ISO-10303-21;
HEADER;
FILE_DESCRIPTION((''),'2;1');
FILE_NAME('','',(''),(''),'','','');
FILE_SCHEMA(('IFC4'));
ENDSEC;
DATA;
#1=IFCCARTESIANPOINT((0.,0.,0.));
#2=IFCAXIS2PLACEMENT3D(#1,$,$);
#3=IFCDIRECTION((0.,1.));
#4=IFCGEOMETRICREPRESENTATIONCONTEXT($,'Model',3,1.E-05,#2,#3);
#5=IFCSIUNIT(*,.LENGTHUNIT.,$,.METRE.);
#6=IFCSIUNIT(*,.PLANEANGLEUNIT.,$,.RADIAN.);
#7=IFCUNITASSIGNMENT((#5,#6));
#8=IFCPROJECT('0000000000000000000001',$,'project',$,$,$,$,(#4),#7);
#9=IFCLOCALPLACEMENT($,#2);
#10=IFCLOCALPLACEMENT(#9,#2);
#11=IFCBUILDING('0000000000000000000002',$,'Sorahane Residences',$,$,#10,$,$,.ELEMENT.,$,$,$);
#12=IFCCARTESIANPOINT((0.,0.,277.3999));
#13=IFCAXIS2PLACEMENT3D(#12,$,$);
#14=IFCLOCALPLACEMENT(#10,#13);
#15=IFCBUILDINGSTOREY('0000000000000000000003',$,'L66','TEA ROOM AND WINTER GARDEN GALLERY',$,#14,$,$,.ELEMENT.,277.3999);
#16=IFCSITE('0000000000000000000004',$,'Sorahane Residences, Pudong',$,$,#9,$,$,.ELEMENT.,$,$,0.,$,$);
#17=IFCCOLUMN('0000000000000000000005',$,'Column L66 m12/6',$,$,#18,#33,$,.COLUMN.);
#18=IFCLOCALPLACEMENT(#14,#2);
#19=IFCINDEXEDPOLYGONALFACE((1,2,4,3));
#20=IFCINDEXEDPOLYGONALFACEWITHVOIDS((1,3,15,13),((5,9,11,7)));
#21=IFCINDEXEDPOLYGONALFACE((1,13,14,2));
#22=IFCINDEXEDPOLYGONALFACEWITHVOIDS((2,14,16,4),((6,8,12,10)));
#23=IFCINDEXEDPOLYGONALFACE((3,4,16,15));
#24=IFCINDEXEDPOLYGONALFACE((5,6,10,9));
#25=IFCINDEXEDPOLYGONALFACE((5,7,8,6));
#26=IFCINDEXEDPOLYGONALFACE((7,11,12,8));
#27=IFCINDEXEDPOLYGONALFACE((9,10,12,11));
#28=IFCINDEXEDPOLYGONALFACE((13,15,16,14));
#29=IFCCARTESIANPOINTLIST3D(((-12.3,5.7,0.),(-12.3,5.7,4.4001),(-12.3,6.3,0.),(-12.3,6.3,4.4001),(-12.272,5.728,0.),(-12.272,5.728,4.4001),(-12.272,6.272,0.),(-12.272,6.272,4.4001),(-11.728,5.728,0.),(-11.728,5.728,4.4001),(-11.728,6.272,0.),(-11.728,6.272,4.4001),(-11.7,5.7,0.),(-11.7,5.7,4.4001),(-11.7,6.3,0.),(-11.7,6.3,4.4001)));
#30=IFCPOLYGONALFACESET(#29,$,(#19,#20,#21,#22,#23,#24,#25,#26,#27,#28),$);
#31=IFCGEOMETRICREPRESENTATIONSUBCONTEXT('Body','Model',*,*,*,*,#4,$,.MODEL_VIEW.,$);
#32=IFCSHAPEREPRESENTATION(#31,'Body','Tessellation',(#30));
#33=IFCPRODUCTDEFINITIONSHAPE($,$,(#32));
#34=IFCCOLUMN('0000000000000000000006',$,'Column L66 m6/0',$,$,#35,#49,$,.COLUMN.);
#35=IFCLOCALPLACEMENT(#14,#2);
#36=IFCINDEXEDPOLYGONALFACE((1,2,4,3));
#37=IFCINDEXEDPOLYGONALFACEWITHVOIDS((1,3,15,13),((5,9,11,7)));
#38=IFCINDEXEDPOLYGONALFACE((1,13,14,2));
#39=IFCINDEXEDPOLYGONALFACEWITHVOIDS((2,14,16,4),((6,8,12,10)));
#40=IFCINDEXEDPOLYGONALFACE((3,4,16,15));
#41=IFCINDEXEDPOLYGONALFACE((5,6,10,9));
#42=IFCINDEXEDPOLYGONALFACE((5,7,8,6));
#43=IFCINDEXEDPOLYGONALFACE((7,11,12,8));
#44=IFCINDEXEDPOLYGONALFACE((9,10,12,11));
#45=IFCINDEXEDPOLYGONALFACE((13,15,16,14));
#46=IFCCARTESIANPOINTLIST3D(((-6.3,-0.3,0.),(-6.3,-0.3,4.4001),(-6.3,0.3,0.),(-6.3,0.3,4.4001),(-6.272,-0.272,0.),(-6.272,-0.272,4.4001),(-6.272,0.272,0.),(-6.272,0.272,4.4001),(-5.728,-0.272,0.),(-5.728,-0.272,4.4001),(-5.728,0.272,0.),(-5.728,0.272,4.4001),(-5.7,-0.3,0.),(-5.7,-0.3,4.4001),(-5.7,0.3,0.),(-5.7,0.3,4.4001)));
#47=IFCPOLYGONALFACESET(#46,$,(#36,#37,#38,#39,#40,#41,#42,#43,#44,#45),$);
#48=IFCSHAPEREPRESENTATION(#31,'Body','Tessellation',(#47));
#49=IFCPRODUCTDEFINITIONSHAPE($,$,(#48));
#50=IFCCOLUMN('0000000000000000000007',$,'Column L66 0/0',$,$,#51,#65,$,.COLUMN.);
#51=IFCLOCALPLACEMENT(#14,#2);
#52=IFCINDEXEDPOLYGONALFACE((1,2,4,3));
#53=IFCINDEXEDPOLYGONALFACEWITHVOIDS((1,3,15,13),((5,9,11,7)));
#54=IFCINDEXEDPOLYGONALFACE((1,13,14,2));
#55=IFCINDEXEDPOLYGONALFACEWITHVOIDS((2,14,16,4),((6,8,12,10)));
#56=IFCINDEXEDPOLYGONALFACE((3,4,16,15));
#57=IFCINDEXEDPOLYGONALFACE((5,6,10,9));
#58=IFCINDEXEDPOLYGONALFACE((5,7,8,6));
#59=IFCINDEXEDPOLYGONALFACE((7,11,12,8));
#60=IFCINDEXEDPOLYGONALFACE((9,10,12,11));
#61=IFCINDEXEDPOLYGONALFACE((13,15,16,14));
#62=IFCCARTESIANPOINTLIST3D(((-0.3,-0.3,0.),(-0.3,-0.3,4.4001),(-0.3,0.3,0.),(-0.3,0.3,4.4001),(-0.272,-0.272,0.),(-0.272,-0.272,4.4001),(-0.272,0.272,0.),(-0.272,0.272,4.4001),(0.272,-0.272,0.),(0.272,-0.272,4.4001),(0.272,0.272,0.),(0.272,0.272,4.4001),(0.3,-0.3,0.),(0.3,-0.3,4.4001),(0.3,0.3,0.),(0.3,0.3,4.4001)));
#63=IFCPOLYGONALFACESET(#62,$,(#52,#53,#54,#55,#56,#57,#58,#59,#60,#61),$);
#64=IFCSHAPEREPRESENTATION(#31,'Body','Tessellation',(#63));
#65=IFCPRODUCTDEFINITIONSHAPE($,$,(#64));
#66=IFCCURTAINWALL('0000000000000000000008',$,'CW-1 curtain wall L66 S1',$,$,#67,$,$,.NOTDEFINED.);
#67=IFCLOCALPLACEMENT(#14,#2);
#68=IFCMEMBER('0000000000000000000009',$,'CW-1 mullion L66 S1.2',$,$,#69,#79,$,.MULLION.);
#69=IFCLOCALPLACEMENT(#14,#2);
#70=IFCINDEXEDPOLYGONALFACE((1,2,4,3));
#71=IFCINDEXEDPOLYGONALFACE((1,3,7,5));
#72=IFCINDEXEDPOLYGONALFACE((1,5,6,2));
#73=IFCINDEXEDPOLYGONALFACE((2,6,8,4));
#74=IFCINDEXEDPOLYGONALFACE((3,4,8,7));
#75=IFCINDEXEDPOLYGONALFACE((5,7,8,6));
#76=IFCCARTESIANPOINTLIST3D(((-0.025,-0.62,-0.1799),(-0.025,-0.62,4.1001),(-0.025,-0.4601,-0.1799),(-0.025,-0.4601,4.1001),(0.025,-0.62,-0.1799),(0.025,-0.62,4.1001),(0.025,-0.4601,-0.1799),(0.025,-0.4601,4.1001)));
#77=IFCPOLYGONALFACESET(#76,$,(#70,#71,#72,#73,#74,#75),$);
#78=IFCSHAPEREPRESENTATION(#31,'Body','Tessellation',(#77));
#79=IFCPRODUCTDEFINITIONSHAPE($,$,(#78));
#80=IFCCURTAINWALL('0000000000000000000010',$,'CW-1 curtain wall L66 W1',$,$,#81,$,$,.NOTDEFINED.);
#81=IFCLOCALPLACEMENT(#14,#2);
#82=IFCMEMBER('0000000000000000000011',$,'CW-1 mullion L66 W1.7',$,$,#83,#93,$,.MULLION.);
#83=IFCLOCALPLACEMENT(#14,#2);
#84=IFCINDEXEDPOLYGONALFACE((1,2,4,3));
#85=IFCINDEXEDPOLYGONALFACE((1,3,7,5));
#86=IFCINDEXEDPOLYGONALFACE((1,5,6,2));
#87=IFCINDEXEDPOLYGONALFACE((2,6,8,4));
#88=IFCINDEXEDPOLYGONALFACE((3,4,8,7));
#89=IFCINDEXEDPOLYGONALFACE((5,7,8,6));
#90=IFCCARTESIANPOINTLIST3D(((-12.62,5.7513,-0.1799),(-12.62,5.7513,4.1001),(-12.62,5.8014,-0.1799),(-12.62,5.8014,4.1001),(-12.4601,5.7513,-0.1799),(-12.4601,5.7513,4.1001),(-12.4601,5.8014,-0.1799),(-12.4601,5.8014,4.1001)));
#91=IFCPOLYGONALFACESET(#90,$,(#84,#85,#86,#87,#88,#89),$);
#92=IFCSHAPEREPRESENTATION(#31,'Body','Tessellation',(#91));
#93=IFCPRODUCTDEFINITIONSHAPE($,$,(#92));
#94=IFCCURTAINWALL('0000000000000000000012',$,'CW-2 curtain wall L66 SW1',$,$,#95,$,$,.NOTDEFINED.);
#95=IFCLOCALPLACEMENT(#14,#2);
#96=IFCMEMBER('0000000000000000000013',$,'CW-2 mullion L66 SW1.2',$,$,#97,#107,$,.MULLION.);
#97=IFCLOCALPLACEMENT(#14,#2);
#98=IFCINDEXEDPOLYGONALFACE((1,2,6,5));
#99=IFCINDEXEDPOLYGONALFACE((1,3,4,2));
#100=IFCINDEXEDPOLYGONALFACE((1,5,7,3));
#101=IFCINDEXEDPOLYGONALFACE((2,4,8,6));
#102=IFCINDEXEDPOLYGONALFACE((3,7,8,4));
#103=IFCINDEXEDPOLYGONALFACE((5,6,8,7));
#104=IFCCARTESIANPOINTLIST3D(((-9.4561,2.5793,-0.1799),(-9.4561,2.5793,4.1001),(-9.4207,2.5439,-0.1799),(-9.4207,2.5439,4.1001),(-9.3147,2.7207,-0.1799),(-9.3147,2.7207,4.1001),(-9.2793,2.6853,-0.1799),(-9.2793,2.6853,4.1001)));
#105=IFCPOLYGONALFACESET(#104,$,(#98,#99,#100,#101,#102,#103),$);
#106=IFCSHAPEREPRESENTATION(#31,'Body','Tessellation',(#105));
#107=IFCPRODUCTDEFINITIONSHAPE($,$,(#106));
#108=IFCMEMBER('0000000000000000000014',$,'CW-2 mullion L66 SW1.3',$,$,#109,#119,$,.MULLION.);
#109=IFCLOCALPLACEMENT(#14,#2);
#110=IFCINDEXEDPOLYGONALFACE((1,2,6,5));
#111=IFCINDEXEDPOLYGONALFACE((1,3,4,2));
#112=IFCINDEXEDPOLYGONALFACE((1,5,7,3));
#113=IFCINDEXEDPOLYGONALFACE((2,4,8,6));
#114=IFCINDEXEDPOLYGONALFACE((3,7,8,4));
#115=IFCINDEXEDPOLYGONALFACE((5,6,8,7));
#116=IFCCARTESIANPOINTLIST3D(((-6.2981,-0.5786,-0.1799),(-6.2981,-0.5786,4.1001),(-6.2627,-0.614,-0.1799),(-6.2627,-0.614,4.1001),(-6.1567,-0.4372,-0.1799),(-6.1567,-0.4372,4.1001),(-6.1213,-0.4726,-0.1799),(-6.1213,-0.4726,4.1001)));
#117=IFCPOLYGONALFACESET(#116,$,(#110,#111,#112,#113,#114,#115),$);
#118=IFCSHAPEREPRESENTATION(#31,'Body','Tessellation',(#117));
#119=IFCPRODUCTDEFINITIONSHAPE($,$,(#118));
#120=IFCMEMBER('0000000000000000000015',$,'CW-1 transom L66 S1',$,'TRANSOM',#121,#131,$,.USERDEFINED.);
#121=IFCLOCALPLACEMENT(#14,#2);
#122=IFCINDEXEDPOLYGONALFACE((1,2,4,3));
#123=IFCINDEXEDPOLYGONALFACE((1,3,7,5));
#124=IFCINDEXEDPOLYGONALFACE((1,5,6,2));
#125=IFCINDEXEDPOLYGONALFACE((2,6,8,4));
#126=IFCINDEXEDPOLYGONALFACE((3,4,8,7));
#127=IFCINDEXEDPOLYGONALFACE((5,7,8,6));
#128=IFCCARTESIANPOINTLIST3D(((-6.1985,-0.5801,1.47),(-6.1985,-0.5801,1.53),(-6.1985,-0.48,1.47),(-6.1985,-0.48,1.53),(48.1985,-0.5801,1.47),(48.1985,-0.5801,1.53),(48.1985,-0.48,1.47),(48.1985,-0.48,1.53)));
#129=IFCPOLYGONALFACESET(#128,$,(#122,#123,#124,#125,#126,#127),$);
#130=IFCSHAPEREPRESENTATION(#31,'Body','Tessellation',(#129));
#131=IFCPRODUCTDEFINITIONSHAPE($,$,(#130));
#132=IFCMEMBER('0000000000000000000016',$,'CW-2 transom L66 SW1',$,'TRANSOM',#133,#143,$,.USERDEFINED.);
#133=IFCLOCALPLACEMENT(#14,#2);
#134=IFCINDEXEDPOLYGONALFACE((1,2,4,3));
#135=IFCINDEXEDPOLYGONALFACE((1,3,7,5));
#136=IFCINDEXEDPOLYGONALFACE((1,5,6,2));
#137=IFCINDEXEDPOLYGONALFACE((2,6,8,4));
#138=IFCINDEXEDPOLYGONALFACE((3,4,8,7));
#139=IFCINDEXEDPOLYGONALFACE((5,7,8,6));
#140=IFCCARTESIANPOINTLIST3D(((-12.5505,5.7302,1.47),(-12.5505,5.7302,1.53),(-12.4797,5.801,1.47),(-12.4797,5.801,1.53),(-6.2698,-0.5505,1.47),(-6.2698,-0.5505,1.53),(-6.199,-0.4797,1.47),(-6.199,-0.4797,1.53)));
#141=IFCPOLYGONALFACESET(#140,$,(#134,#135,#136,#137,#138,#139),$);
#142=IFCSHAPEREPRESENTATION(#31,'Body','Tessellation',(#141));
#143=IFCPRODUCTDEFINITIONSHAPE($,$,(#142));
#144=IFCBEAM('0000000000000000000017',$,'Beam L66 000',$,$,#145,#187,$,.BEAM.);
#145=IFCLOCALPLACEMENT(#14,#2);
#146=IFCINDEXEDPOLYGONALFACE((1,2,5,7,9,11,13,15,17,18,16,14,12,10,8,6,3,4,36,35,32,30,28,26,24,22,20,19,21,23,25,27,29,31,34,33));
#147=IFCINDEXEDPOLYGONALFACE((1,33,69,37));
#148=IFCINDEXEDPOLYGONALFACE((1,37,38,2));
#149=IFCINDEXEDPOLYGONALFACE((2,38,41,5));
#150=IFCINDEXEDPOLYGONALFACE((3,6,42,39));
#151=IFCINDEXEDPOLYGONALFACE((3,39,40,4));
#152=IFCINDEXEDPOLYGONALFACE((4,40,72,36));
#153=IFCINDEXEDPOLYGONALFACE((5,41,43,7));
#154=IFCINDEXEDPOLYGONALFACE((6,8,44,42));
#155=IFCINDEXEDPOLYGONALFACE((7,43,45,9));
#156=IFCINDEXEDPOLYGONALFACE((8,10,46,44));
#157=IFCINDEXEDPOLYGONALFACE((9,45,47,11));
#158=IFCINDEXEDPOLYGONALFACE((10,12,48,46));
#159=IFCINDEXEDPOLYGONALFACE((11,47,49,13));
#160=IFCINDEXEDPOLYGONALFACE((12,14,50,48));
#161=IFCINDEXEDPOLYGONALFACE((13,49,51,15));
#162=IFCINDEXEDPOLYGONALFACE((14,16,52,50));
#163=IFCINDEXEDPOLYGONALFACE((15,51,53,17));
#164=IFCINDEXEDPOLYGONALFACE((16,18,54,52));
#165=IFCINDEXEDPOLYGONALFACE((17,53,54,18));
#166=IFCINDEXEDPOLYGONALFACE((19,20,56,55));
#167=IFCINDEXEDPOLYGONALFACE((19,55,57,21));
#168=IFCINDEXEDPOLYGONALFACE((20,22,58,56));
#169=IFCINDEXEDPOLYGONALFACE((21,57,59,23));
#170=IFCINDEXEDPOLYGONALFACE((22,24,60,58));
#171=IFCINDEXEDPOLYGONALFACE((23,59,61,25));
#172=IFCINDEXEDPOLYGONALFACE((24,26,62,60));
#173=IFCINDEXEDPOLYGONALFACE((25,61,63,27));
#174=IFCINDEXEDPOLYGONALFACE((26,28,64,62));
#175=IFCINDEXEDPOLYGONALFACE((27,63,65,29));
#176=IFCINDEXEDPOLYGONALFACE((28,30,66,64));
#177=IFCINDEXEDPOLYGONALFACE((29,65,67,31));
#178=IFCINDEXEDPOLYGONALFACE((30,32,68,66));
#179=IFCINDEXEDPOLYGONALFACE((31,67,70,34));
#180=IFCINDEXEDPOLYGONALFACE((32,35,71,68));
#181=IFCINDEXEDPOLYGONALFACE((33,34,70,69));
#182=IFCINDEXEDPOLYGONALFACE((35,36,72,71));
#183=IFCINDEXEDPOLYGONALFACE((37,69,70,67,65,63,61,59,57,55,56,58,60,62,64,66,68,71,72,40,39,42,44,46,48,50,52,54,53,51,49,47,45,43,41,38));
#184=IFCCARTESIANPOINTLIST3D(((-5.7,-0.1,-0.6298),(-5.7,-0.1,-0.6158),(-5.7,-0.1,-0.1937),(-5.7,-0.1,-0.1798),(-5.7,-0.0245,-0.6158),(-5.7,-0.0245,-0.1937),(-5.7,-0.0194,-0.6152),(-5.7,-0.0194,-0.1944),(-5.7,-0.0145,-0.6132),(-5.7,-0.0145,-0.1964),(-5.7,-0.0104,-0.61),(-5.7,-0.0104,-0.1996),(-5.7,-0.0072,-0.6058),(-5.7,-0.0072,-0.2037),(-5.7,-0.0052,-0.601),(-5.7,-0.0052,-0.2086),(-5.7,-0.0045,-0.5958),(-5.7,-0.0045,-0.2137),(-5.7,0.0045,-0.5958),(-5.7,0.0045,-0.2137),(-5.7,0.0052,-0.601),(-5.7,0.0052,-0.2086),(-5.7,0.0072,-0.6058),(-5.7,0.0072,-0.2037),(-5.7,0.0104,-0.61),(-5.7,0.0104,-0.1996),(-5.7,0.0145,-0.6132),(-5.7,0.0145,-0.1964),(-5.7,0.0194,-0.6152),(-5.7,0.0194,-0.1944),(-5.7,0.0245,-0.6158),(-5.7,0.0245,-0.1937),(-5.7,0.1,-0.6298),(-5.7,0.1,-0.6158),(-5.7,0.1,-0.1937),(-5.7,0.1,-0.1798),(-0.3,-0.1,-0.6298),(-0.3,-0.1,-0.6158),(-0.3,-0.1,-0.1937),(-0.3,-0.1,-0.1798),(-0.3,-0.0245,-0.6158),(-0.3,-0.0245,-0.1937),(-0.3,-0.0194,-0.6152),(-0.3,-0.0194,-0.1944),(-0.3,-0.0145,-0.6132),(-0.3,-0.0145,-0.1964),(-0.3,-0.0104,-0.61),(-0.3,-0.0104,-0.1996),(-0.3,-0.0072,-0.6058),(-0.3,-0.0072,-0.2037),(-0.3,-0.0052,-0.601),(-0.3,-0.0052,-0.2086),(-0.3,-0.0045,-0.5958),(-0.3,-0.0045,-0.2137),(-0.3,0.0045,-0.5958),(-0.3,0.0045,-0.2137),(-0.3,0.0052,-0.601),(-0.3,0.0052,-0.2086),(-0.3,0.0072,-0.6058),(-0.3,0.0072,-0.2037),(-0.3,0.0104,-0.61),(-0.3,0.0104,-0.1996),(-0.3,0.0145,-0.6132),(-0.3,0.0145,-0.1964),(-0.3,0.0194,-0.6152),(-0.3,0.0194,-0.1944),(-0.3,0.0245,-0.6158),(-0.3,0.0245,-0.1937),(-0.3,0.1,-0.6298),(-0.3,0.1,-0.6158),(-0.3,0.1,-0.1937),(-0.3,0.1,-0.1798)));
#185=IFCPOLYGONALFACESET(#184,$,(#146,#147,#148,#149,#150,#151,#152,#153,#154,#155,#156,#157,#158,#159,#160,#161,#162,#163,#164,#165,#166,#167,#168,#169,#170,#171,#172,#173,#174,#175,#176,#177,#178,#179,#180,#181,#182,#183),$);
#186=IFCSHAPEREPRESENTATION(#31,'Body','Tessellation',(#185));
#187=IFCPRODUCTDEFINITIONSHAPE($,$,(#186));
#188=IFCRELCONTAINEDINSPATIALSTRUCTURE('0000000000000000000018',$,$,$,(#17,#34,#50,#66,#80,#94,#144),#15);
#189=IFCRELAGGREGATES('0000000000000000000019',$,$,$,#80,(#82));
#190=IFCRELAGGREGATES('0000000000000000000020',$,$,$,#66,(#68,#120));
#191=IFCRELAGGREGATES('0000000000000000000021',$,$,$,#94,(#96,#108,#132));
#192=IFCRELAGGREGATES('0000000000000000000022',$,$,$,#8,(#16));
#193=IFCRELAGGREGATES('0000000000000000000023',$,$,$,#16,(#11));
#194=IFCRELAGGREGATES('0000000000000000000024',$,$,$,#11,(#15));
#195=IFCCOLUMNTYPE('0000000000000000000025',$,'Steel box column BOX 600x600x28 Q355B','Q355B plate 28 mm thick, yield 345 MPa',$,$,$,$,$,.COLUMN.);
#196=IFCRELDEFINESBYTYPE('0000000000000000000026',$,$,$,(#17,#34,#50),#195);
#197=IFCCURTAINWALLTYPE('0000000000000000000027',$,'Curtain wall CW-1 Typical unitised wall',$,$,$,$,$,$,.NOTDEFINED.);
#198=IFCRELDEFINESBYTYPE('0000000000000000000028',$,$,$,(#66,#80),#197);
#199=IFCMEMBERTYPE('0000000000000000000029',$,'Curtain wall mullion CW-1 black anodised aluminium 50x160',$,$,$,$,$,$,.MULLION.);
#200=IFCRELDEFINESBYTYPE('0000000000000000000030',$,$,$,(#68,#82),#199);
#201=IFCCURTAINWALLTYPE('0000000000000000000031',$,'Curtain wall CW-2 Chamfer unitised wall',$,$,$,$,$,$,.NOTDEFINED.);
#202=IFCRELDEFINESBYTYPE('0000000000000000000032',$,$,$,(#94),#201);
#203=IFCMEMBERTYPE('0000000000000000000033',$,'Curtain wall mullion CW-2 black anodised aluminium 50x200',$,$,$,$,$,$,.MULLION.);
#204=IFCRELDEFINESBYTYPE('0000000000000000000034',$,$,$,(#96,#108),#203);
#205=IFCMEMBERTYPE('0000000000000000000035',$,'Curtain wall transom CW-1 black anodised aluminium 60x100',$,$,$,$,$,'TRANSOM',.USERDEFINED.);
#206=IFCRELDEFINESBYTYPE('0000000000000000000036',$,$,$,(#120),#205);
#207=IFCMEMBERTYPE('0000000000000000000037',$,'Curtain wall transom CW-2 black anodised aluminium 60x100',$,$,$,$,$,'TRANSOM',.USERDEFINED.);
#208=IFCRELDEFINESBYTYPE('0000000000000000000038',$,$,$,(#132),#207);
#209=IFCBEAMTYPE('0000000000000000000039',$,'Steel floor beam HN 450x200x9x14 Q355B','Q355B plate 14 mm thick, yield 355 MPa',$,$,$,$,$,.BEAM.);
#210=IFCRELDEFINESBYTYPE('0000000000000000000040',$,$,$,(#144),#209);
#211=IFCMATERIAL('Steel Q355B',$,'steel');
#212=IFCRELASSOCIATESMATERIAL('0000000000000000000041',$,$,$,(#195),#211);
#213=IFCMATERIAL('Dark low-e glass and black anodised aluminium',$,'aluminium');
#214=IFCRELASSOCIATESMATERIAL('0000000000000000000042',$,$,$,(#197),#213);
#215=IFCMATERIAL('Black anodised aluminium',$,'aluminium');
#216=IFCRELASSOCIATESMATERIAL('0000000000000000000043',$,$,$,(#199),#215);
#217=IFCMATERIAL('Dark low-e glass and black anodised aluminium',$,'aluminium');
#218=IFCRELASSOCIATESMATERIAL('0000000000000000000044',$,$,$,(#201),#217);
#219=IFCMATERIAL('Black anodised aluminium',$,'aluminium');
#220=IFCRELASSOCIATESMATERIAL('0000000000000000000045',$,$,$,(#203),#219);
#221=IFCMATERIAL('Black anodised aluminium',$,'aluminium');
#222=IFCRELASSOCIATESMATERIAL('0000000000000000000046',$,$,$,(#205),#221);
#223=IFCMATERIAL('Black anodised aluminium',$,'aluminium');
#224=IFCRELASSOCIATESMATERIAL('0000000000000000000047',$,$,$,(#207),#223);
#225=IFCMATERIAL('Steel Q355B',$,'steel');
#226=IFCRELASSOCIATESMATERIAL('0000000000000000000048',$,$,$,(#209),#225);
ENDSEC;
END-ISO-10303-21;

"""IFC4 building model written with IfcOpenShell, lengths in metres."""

from ifc_helpers import new_model, si_unit, direction, frame, origin, origin_2d, place, context, subcontext, project, spatial, rectangle, hollow_rectangle, i_section, extrude, material, material_profile, profile_set, type_object, element, aggregate, save


model = new_model("IFC4")

# Units and contexts
model_context = context("Model", 3, precision=1e-05, world=origin(), true_north=direction((0.0, 1.0)))
body_context = subcontext(model_context, "Body", "Model", "MODEL_VIEW")
ifc_project = project(units=[si_unit("LENGTHUNIT", "METRE"), si_unit("PLANEANGLEUNIT", "RADIAN")], contexts=[model_context])

# Site, building, storey
site_placement = place(None, origin())
site = spatial("IfcSite", under=ifc_project, at=site_placement, Name="Sorahane Residences, Pudong", CompositionType="ELEMENT", RefElevation=0.0)
building_placement = place(site_placement, origin())
building = spatial("IfcBuilding", under=site, at=building_placement, Name="Sorahane Residences", CompositionType="ELEMENT")
storey_placement = place(building_placement, frame((0.0, 0.0, 277.3999)))
storey = spatial("IfcBuildingStorey", under=building, at=storey_placement, Name="L66", Description="TEA ROOM AND WINTER GARDEN GALLERY", CompositionType="ELEMENT", Elevation=277.3999)

# Columns
ifc_material_1 = material(Name="Steel Q355B", Category="steel")
ifc_material_profile_1 = material_profile(ifc_material_1, hollow_rectangle(XDim=0.6001, YDim=0.6001, WallThickness=0.0281, at=origin_2d()), Name="BOX 600x600x28")
ifc_profile_set_1 = profile_set([ifc_material_profile_1], Name="Steel Q355B")
column_type = type_object("IfcColumnType", Name="Steel box column BOX 600x600x28 Q355B", Description="Q355B plate 28 mm thick, yield 345 MPa", PredefinedType="COLUMN", material=ifc_profile_set_1)
for number, where, z_axis, x_axis, name in (
    (1, (-12.0, 6.0, 0.0), (0.0, 0.0, 1.0), (1.0, 0.0, 0.0), "Column L66 m12/6"),
    (2, (-6.0, 0.0, 0.0), (0.0, 0.0, 1.0), (1.0, 0.0, 0.0), "Column L66 m6/0"),
    (3, (0.0, 0.0, 0.0), (0.0, 0.0, 1.0), (1.0, 0.0, 0.0), "Column L66 0/0"),
):
    element("IfcColumn", number, at=place(storey_placement, frame(where, z_axis=z_axis, x_axis=x_axis)), inside=storey, type_object=column_type, Name=name, PredefinedType="COLUMN", context=body_context, shape_type="SweptSolid", body=[
        extrude(hollow_rectangle(XDim=0.6001, YDim=0.6001, WallThickness=0.0281, at=origin_2d()), origin(), (0.0, 0.0, 1.0), 4.4001),
    ])

# Curtain walls, members
ifc_material_2 = material(Name="Dark low-e glass and black anodised aluminium", Category="aluminium")
curtain_wall_type_1 = type_object("IfcCurtainWallType", Name="Curtain wall CW-1 Typical unitised wall", PredefinedType="NOTDEFINED", material=ifc_material_2)
curtain_wall_1_placement = place(storey_placement, origin())
curtain_wall_1 = element("IfcCurtainWall", 4, at=curtain_wall_1_placement, inside=storey, type_object=curtain_wall_type_1, Name="CW-1 curtain wall L66 S1", PredefinedType="NOTDEFINED")
ifc_material_3 = material(Name="Black anodised aluminium", Category="aluminium")
ifc_material_profile_2 = material_profile(ifc_material_3, rectangle(XDim=0.1599, YDim=0.05, at=origin_2d()), Name="Curtain wall mullion CW-1 black anodised aluminium 50x160")
ifc_profile_set_2 = profile_set([ifc_material_profile_2], Name="Black anodised aluminium")
member_type_1 = type_object("IfcMemberType", Name="Curtain wall mullion CW-1 black anodised aluminium 50x160", PredefinedType="MULLION", material=ifc_profile_set_2)
member_1_placement = place(storey_placement, frame((0.0, -0.54, -0.1799), z_axis=(0.0, 0.0, 1.0), x_axis=(0.0, -1.0, 0.0)))
member_1 = element("IfcMember", 5, at=member_1_placement, type_object=member_type_1, Name="CW-1 mullion L66 S1.2", PredefinedType="MULLION", context=body_context, shape_type="SweptSolid", body=[
    extrude(rectangle(XDim=0.1599, YDim=0.05, at=origin_2d()), origin(), (0.0, 0.0, 1.0), 4.28),
])
curtain_wall_2_placement = place(storey_placement, origin())
curtain_wall_2 = element("IfcCurtainWall", 6, at=curtain_wall_2_placement, inside=storey, type_object=curtain_wall_type_1, Name="CW-1 curtain wall L66 W1", PredefinedType="NOTDEFINED")
member_2_placement = place(storey_placement, frame((-12.54, 5.7764, -0.1799), z_axis=(0.0, 0.0, 1.0), x_axis=(-1.0, 0.0, 0.0)))
member_2 = element("IfcMember", 7, at=member_2_placement, type_object=member_type_1, Name="CW-1 mullion L66 W1.7", PredefinedType="MULLION", context=body_context, shape_type="SweptSolid", body=[
    extrude(rectangle(XDim=0.1599, YDim=0.05, at=origin_2d()), origin(), (0.0, 0.0, 1.0), 4.28),
])
aggregate(curtain_wall_2, [member_2])

# Curtain wall, members
ifc_material_4 = material(Name="Dark low-e glass and black anodised aluminium", Category="aluminium")
curtain_wall_type_2 = type_object("IfcCurtainWallType", Name="Curtain wall CW-2 Chamfer unitised wall", PredefinedType="NOTDEFINED", material=ifc_material_4)
curtain_wall_3_placement = place(storey_placement, origin())
curtain_wall_3 = element("IfcCurtainWall", 8, at=curtain_wall_3_placement, inside=storey, type_object=curtain_wall_type_2, Name="CW-2 curtain wall L66 SW1", PredefinedType="NOTDEFINED")
ifc_material_5 = material(Name="Black anodised aluminium", Category="aluminium")
ifc_material_profile_3 = material_profile(ifc_material_5, rectangle(XDim=0.2, YDim=0.05, at=origin_2d()), Name="Curtain wall mullion CW-2 black anodised aluminium 50x200")
ifc_profile_set_3 = profile_set([ifc_material_profile_3], Name="Black anodised aluminium")
member_type_2 = type_object("IfcMemberType", Name="Curtain wall mullion CW-2 black anodised aluminium 50x200", PredefinedType="MULLION", material=ifc_profile_set_3)
member_3_placement = place(storey_placement, frame((-9.3677, 2.6323, -0.1799), z_axis=(0.0, 0.0, 1.0), x_axis=(-0.707107, -0.707107, 0.0)))
member_3 = element("IfcMember", 9, at=member_3_placement, type_object=member_type_2, Name="CW-2 mullion L66 SW1.2", PredefinedType="MULLION", context=body_context, shape_type="SweptSolid", body=[
    extrude(rectangle(XDim=0.2, YDim=0.05, at=origin_2d()), origin(), (0.0, 0.0, 1.0), 4.28),
])
member_4_placement = place(storey_placement, frame((-6.2097, -0.5256, -0.1799), z_axis=(0.0, 0.0, 1.0), x_axis=(-0.707107, -0.707107, 0.0)))
member_4 = element("IfcMember", 10, at=member_4_placement, type_object=member_type_2, Name="CW-2 mullion L66 SW1.3", PredefinedType="MULLION", context=body_context, shape_type="SweptSolid", body=[
    extrude(rectangle(XDim=0.2, YDim=0.05, at=origin_2d()), origin(), (0.0, 0.0, 1.0), 4.28),
])

# Members
ifc_material_6 = material(Name="Black anodised aluminium", Category="aluminium")
ifc_material_profile_4 = material_profile(ifc_material_6, rectangle(XDim=0.1001, YDim=0.0601, at=origin_2d()), Name="Curtain wall transom CW-1 black anodised aluminium 60x100")
ifc_profile_set_4 = profile_set([ifc_material_profile_4], Name="Black anodised aluminium")
member_type_3 = type_object("IfcMemberType", Name="Curtain wall transom CW-1 black anodised aluminium 60x100", ElementType="TRANSOM", PredefinedType="USERDEFINED", material=ifc_profile_set_4)
member_5_placement = place(storey_placement, frame((-6.1985, -0.53, 1.5), z_axis=(1.0, 0.0, 0.0), x_axis=(0.0, 1.0, 0.0)))
member_5 = element("IfcMember", 11, at=member_5_placement, type_object=member_type_3, Name="CW-1 transom L66 S1", ObjectType="TRANSOM", PredefinedType="USERDEFINED", context=body_context, shape_type="SweptSolid", body=[
    extrude(rectangle(XDim=0.1001, YDim=0.0601, at=origin_2d()), origin(), (0.0, 0.0, 1.0), 54.397),
])
ifc_material_7 = material(Name="Black anodised aluminium", Category="aluminium")
ifc_material_profile_5 = material_profile(ifc_material_7, rectangle(XDim=0.1001, YDim=0.0601, at=origin_2d()), Name="Curtain wall transom CW-2 black anodised aluminium 60x100")
ifc_profile_set_5 = profile_set([ifc_material_profile_5], Name="Black anodised aluminium")
member_type_4 = type_object("IfcMemberType", Name="Curtain wall transom CW-2 black anodised aluminium 60x100", ElementType="TRANSOM", PredefinedType="USERDEFINED", material=ifc_profile_set_5)
member_6_placement = place(storey_placement, frame((-12.5151, 5.7656, 1.5), z_axis=(0.707107, -0.707107, 0.0), x_axis=(0.707107, 0.707107, 0.0)))
member_6 = element("IfcMember", 12, at=member_6_placement, type_object=member_type_4, Name="CW-2 transom L66 SW1", ObjectType="TRANSOM", PredefinedType="USERDEFINED", context=body_context, shape_type="SweptSolid", body=[
    extrude(rectangle(XDim=0.1001, YDim=0.0601, at=origin_2d()), origin(), (0.0, 0.0, 1.0), 8.8823),
])

# Beam
ifc_material_8 = material(Name="Steel Q355B", Category="steel")
ifc_material_profile_6 = material_profile(ifc_material_8, i_section(OverallWidth=0.2, OverallDepth=0.45, WebThickness=0.009, FlangeThickness=0.0139, FilletRadius=0.02, at=origin_2d()), Name="HN 450x200x9x14")
ifc_profile_set_6 = profile_set([ifc_material_profile_6], Name="Steel Q355B")
beam_type_1 = type_object("IfcBeamType", Name="Steel floor beam HN 450x200x9x14 Q355B", Description="Q355B plate 14 mm thick, yield 355 MPa", PredefinedType="BEAM", material=ifc_profile_set_6)
beam_1_placement = place(storey_placement, frame((-5.7, 0.0, -0.4048), z_axis=(1.0, 0.0, 0.0), x_axis=(0.0, 1.0, 0.0)))
element("IfcBeam", 13, at=beam_1_placement, inside=storey, type_object=beam_type_1, Name="Beam L66 000", PredefinedType="BEAM", context=body_context, shape_type="SweptSolid", body=[
    extrude(i_section(OverallWidth=0.2, OverallDepth=0.45, WebThickness=0.009, FlangeThickness=0.0139, FilletRadius=0.02, at=origin_2d()), origin(), (0.0, 0.0, 1.0), 5.3999),
])

aggregate(curtain_wall_1, [member_1, member_5])
aggregate(curtain_wall_3, [member_3, member_4, member_6])

save(model, "model.ifc")
